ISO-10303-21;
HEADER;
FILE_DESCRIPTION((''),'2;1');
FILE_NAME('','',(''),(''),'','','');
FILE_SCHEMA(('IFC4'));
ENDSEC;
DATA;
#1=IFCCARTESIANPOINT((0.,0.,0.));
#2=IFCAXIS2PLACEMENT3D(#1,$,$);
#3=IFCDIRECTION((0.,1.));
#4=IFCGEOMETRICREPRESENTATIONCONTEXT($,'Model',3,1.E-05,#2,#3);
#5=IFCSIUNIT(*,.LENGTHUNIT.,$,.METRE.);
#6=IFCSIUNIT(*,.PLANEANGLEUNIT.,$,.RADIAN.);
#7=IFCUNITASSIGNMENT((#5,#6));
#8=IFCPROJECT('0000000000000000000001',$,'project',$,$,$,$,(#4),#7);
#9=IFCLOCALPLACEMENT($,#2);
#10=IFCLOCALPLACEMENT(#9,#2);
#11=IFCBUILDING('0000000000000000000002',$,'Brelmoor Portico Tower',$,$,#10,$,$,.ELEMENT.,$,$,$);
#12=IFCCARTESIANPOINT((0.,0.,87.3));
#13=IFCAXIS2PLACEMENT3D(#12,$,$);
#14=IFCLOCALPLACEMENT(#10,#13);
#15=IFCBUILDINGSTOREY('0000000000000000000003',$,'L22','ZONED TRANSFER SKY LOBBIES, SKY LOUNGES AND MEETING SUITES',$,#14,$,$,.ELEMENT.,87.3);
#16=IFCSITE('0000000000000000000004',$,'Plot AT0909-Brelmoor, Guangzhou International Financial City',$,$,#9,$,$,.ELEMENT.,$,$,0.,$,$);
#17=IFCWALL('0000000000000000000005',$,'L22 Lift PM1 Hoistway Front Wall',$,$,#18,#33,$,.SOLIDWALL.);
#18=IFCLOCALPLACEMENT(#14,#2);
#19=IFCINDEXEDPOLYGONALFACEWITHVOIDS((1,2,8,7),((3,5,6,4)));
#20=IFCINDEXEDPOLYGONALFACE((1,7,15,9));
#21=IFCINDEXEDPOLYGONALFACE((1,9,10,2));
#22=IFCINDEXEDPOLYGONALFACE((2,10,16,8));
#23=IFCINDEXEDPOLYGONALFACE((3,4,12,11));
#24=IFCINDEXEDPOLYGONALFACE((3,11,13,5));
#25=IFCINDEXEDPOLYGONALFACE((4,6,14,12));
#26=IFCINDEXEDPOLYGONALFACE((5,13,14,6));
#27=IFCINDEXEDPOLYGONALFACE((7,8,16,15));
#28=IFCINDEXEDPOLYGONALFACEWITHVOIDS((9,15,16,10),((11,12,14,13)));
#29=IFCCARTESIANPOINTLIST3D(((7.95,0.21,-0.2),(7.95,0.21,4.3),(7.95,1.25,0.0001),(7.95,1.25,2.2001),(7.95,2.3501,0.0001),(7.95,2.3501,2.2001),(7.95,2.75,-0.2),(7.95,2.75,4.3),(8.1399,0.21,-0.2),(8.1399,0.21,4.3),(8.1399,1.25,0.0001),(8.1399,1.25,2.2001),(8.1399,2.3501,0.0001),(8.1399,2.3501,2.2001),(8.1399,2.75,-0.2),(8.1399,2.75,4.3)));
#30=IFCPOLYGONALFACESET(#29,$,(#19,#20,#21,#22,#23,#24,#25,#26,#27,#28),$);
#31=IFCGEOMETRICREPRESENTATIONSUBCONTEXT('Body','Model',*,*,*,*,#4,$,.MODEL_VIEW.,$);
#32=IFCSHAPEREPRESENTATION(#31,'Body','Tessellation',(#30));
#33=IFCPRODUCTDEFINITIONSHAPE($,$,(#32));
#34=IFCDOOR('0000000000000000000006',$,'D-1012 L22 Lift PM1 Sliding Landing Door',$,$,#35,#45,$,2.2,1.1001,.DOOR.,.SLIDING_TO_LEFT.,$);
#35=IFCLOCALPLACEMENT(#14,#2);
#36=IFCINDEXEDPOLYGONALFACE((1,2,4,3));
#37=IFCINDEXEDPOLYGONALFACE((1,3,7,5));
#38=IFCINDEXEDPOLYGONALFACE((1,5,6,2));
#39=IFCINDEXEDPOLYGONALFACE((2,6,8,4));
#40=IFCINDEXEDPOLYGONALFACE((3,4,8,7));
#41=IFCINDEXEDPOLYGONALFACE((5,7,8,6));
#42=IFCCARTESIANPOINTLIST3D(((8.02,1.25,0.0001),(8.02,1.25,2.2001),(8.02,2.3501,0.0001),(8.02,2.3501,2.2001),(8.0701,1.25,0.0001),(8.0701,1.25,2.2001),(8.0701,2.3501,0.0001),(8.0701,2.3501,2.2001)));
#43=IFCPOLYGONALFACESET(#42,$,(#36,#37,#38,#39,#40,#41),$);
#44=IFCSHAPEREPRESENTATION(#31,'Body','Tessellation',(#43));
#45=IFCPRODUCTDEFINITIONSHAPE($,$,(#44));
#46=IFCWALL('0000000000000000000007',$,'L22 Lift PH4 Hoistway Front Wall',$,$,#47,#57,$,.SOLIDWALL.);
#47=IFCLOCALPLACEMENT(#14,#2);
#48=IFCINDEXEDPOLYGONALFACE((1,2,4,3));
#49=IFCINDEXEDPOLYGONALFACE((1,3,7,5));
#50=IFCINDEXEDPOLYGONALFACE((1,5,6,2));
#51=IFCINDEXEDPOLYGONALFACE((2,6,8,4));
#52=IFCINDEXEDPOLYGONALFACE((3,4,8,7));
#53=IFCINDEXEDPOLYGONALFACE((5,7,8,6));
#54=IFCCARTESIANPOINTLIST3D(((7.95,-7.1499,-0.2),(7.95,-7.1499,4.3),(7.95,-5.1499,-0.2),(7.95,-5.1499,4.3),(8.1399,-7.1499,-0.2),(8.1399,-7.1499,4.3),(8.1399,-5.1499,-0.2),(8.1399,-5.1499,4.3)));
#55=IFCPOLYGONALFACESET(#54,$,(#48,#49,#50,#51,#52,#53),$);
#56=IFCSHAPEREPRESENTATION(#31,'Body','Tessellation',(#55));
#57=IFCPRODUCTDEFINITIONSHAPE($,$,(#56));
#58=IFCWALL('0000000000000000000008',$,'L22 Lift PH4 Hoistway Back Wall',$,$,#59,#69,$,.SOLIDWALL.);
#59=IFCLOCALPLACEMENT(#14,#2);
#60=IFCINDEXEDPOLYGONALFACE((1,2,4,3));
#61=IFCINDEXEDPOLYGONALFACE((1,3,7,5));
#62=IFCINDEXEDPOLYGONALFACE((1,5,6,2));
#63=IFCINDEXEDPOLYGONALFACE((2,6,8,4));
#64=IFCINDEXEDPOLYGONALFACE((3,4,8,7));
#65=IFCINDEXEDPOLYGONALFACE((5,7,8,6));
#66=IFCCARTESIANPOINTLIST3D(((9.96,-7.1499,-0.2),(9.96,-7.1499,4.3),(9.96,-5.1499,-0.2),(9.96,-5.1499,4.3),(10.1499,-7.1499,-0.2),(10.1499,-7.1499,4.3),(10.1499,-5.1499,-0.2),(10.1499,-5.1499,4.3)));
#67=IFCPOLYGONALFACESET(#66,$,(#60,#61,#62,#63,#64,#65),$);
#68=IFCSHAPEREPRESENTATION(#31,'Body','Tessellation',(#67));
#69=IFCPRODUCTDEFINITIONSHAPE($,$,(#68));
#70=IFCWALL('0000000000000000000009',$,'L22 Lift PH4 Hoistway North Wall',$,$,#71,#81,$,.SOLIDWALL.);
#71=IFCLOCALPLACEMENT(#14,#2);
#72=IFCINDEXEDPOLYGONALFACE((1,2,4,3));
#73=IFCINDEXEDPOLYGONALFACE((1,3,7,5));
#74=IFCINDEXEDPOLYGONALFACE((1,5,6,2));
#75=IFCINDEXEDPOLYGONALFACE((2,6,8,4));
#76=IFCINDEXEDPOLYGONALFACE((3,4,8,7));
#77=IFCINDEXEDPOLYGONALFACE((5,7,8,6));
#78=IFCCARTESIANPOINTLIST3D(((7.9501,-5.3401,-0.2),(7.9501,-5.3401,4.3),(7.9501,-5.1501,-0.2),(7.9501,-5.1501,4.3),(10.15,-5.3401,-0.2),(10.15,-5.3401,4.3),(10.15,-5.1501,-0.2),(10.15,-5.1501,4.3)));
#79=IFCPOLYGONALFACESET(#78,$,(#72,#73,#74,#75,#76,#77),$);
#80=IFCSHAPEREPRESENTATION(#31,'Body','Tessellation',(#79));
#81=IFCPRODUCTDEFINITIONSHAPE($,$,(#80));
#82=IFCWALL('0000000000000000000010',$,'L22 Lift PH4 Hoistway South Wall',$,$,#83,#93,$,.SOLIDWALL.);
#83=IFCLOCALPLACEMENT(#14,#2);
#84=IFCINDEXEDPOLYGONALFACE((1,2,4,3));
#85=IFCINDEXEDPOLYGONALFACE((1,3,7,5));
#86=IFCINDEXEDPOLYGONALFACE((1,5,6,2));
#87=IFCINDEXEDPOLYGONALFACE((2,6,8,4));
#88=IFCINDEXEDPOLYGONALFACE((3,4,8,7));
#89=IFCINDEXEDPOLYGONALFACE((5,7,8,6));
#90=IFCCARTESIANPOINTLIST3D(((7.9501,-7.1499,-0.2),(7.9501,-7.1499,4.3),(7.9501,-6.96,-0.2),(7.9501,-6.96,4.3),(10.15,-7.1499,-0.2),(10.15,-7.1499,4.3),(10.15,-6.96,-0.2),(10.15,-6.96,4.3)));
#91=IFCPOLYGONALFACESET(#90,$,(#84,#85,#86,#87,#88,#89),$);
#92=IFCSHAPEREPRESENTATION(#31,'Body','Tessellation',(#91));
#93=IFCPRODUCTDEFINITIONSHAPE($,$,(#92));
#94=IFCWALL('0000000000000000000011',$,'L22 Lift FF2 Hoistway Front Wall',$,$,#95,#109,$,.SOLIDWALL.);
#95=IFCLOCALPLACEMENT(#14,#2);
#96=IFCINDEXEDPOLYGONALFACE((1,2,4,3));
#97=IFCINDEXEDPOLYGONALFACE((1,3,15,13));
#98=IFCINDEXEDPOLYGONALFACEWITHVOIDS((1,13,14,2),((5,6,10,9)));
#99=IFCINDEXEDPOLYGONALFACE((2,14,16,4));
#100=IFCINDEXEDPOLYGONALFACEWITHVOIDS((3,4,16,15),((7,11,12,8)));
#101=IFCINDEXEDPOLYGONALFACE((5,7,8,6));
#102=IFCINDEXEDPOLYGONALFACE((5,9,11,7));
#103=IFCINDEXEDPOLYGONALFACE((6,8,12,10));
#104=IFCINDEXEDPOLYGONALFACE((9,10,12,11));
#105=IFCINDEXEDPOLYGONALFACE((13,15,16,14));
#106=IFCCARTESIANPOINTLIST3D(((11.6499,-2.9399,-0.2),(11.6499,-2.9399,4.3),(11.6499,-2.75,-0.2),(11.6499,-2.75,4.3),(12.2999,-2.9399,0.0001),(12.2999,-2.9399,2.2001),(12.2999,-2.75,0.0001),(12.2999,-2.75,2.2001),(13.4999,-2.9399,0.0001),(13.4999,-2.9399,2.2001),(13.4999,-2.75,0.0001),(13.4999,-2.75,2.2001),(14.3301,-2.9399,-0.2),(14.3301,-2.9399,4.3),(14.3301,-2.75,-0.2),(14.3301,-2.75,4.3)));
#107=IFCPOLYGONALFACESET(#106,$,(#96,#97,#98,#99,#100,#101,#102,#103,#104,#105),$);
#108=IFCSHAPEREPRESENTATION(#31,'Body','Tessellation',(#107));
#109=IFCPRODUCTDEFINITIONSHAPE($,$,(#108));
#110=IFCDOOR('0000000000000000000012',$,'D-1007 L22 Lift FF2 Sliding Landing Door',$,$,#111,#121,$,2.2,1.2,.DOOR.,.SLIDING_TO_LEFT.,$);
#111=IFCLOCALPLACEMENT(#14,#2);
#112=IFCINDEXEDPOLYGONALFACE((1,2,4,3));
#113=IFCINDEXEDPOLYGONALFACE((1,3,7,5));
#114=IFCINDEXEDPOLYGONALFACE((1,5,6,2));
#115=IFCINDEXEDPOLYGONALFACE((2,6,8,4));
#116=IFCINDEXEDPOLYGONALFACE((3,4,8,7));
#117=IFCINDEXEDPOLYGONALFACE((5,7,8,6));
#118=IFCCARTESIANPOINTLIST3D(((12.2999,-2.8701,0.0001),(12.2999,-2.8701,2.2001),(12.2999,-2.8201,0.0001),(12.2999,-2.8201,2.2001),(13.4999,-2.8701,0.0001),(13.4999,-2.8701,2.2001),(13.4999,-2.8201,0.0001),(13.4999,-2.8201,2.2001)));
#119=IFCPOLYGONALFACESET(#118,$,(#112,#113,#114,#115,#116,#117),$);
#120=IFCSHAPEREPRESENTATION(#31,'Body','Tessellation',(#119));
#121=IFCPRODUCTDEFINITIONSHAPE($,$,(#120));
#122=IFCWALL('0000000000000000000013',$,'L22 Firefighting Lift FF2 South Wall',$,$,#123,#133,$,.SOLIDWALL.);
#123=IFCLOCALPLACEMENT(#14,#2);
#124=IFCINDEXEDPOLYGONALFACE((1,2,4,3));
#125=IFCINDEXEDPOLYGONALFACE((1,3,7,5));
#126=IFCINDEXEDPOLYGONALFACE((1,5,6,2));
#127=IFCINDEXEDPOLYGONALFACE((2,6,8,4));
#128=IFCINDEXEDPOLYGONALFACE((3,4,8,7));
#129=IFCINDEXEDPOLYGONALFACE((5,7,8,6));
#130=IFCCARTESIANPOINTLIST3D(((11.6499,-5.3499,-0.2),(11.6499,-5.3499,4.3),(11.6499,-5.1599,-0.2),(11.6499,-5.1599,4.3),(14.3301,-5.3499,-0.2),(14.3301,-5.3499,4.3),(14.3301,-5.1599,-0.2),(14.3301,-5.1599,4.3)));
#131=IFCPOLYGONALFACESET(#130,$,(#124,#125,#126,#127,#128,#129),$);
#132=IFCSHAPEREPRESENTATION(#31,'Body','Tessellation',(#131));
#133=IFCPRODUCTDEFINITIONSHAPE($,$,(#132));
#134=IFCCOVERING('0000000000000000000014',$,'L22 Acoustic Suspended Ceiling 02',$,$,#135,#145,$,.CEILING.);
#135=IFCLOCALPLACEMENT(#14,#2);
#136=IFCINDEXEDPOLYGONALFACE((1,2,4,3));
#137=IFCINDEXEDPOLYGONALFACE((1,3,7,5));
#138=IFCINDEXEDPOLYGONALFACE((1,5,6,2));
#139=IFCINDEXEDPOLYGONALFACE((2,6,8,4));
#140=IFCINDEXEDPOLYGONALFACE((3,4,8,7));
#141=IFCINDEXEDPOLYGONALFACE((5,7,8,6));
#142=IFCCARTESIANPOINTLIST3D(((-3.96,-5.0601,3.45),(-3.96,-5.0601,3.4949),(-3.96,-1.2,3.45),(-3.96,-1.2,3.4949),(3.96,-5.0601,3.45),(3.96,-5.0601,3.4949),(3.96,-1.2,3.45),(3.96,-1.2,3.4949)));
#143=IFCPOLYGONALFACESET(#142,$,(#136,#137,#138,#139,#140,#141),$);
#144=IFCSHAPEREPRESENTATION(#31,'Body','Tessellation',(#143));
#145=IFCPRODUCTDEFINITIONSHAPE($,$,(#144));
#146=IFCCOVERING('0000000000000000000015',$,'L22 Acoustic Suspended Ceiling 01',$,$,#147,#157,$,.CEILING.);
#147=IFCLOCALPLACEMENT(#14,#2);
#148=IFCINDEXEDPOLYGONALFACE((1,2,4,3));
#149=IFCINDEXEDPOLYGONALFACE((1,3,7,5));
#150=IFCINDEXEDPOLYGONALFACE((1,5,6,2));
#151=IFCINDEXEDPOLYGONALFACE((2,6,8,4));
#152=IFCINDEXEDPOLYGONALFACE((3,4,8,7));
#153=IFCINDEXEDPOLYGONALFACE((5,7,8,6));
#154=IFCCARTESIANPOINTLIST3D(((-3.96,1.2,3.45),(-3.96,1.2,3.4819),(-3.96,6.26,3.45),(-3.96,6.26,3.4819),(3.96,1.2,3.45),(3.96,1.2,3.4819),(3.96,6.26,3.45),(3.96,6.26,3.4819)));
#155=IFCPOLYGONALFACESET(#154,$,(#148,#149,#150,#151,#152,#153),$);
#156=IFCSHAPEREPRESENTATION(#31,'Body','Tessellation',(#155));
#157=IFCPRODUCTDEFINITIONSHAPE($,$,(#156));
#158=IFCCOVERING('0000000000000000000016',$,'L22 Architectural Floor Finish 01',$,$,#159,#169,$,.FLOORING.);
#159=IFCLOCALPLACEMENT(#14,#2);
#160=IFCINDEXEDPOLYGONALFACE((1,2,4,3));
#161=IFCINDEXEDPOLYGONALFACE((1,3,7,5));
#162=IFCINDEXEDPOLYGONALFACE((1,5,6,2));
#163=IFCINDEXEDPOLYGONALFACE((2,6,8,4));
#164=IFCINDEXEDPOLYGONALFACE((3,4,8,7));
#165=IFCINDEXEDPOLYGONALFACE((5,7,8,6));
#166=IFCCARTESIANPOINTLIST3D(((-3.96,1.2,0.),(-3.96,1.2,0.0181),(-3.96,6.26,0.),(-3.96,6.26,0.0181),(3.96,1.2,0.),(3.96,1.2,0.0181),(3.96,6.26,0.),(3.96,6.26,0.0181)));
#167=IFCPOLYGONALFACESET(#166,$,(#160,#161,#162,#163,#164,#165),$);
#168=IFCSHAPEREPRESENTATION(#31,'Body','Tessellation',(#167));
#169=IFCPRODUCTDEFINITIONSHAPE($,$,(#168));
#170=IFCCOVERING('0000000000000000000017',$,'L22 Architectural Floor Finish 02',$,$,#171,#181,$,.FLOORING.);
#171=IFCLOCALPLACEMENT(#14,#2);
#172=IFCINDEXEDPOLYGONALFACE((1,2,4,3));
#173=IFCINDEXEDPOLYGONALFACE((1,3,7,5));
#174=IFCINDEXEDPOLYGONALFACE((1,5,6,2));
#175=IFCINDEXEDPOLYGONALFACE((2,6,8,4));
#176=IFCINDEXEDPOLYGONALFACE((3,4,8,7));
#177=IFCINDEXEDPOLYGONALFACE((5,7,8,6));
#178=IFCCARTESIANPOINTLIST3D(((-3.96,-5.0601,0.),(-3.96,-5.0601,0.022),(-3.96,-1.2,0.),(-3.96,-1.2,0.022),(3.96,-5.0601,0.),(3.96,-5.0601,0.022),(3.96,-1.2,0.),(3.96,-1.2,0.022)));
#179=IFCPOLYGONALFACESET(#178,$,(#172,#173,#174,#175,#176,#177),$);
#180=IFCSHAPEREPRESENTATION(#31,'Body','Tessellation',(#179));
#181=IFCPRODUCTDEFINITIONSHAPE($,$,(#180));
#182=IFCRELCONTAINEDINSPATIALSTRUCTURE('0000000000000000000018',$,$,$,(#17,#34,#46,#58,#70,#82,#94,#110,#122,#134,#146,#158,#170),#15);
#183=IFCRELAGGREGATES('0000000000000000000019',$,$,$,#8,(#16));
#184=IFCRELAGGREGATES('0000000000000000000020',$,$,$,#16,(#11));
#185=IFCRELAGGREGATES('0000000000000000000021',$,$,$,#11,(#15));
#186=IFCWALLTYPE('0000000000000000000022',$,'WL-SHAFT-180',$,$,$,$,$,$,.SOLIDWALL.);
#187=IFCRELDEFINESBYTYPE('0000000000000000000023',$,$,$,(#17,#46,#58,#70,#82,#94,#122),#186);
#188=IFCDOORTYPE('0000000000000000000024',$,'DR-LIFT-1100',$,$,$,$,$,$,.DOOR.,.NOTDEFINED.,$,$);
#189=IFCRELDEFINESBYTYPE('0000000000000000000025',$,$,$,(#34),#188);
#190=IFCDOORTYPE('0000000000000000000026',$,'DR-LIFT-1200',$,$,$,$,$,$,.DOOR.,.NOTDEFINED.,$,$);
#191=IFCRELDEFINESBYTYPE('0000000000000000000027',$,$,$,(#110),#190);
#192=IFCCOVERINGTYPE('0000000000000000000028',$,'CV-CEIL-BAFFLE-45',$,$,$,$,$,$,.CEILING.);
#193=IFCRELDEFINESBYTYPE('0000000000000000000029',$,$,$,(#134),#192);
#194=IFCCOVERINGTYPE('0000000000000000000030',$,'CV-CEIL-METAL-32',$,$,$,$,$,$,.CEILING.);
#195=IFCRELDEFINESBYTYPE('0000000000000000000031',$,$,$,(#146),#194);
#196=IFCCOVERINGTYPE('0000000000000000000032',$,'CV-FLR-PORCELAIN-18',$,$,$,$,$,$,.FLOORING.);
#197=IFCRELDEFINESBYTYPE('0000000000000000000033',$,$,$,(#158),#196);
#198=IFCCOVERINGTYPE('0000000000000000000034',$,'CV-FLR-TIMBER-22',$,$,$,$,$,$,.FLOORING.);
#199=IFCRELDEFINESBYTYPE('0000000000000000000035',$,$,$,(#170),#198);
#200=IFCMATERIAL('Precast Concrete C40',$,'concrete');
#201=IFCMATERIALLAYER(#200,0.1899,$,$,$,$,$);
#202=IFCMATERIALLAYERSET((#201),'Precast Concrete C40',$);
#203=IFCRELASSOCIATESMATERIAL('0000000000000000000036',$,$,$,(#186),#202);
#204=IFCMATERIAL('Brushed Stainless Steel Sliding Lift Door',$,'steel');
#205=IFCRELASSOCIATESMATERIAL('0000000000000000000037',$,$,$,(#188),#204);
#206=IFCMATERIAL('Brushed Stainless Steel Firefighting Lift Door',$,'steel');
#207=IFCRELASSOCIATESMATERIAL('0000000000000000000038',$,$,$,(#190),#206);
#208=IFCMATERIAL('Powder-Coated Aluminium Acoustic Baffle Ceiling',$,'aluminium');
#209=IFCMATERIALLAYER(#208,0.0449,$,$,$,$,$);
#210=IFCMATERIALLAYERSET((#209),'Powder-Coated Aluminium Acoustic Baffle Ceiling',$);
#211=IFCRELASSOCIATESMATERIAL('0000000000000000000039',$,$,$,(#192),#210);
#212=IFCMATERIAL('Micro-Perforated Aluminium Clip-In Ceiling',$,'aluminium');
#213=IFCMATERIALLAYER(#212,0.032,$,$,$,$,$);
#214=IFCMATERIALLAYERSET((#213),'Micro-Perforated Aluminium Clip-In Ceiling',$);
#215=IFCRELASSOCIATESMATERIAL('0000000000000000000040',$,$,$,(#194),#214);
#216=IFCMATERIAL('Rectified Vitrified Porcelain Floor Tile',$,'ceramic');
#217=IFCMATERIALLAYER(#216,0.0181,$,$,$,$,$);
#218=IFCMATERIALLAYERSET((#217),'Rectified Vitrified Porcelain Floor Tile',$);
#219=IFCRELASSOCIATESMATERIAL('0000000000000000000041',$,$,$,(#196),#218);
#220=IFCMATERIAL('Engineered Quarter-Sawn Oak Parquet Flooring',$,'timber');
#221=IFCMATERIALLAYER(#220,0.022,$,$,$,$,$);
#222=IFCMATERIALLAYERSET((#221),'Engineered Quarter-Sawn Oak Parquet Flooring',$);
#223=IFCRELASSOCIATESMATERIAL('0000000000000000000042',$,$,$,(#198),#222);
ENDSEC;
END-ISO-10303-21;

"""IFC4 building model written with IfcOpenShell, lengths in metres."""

from ifc_helpers import new_model, si_unit, direction, frame, frame_2d, origin, place, context, subcontext, project, spatial, polyline, rectangle, outline, extrude, material, layer, layer_set, type_object, element, fill, save


model = new_model("IFC4")

# Units and contexts
model_context = context("Model", 3, precision=1e-05, world=origin(), true_north=direction((0.0, 1.0)))
body_context = subcontext(model_context, "Body", "Model", "MODEL_VIEW")
ifc_project = project(units=[si_unit("LENGTHUNIT", "METRE"), si_unit("PLANEANGLEUNIT", "RADIAN")], contexts=[model_context])

# Site, building, storey
site_placement = place(None, origin())
site = spatial("IfcSite", under=ifc_project, at=site_placement, Name="Plot AT0909-Brelmoor, Guangzhou International Financial City", CompositionType="ELEMENT", RefElevation=0.0)
building_placement = place(site_placement, origin())
building = spatial("IfcBuilding", under=site, at=building_placement, Name="Brelmoor Portico Tower", CompositionType="ELEMENT")
storey_placement = place(building_placement, frame((0.0, 0.0, 87.3)))
storey = spatial("IfcBuildingStorey", under=building, at=storey_placement, Name="L22", Description="ZONED TRANSFER SKY LOBBIES, SKY LOUNGES AND MEETING SUITES", CompositionType="ELEMENT", Elevation=87.3)

# Wall, opening, door
ifc_material_1 = material(Name="Precast Concrete C40", Category="concrete")
ifc_layer_1 = layer(ifc_material_1, 0.1899)
ifc_layer_set_1 = layer_set([ifc_layer_1], Name="Precast Concrete C40")
wall_type_1 = type_object("IfcWallType", Name="WL-SHAFT-180", PredefinedType="SOLIDWALL", material=ifc_layer_set_1)
wall_1_placement = place(storey_placement, frame((8.0449, 0.21, -0.2), z_axis=(0.0, 0.0, 1.0), x_axis=(0.0, 1.0, 0.0)))
wall_1 = element("IfcWall", 1, at=wall_1_placement, inside=storey, type_object=wall_type_1, Name="L22 Lift PM1 Hoistway Front Wall", PredefinedType="SOLIDWALL", context=body_context, shape_type="SweptSolid", body=[
    extrude(rectangle(XDim=2.54, YDim=0.1899, at=frame_2d((1.27, 0.0))), origin(), (0.0, 0.0, 1.0), 4.5),
])
opening_1_placement = place(wall_1_placement, frame((1.04, 0.0, 0.2)))
opening_1 = element("IfcOpeningElement", 2, at=opening_1_placement, cuts=wall_1, PredefinedType="OPENING", context=body_context, shape_type="SweptSolid", body=[
    extrude(rectangle(XDim=1.1001, YDim=2.2, at=frame_2d((0.55, 1.1001))), frame((0.0, 0.105, 0.0), z_axis=(0.0, -1.0, 0.0), x_axis=(1.0, 0.0, 0.0)), (0.0, 0.0, 1.0), 0.21),
])
ifc_material_2 = material(Name="Brushed Stainless Steel Sliding Lift Door", Category="steel")
door_type_1 = type_object("IfcDoorType", Name="DR-LIFT-1100", OperationType="NOTDEFINED", PredefinedType="DOOR", material=ifc_material_2)
door_1_placement = place(opening_1_placement, origin())
door_1 = element("IfcDoor", 3, at=door_1_placement, inside=storey, type_object=door_type_1, Name="D-1012 L22 Lift PM1 Sliding Landing Door", OperationType="SLIDING_TO_LEFT", OverallHeight=2.2, OverallWidth=1.1001, PredefinedType="DOOR", context=body_context, shape_type="SweptSolid", body=[
    extrude(rectangle(XDim=1.1001, YDim=2.2, at=frame_2d((0.55, 1.1001))), frame((0.0, 0.0249, 0.0), z_axis=(0.0, -1.0, 0.0), x_axis=(1.0, 0.0, 0.0)), (0.0, 0.0, 1.0), 0.05),
])
fill(opening_1, door_1)

# Walls
for number, where, z_axis, x_axis, name in (
    (4, (8.0449, -7.1499, -0.2), (0.0, 0.0, 1.0), (0.0, 1.0, 0.0), "L22 Lift PH4 Hoistway Front Wall"),
    (5, (10.0549, -7.1499, -0.2), (0.0, 0.0, 1.0), (0.0, 1.0, 0.0), "L22 Lift PH4 Hoistway Back Wall"),
):
    element("IfcWall", number, at=place(storey_placement, frame(where, z_axis=z_axis, x_axis=x_axis)), inside=storey, type_object=wall_type_1, Name=name, PredefinedType="SOLIDWALL", context=body_context, shape_type="SweptSolid", body=[
        extrude(rectangle(XDim=2.0, YDim=0.1899, at=frame_2d((1.0, 0.0))), origin(), (0.0, 0.0, 1.0), 4.5),
    ])
for number, where, z_axis, x_axis, name in (
    (6, (7.95, -5.2451, -0.2), (0.0, 0.0, 1.0), (1.0, 0.0, 0.0), "L22 Lift PH4 Hoistway North Wall"),
    (7, (7.95, -7.0549, -0.2), (0.0, 0.0, 1.0), (1.0, 0.0, 0.0), "L22 Lift PH4 Hoistway South Wall"),
):
    element("IfcWall", number, at=place(storey_placement, frame(where, z_axis=z_axis, x_axis=x_axis)), inside=storey, type_object=wall_type_1, Name=name, PredefinedType="SOLIDWALL", context=body_context, shape_type="SweptSolid", body=[
        extrude(rectangle(XDim=2.2, YDim=0.1899, at=frame_2d((1.1001, 0.0))), origin(), (0.0, 0.0, 1.0), 4.5),
    ])

# Wall, opening, door
wall_2_placement = place(storey_placement, frame((11.6499, -2.845, -0.2), z_axis=(0.0, 0.0, 1.0), x_axis=(1.0, 0.0, 0.0)))
wall_2 = element("IfcWall", 8, at=wall_2_placement, inside=storey, type_object=wall_type_1, Name="L22 Lift FF2 Hoistway Front Wall", PredefinedType="SOLIDWALL", context=body_context, shape_type="SweptSolid", body=[
    extrude(rectangle(XDim=2.6802, YDim=0.1899, at=frame_2d((1.3401, 0.0))), origin(), (0.0, 0.0, 1.0), 4.5),
])
opening_2_placement = place(wall_2_placement, frame((0.6499, 0.0, 0.2)))
opening_2 = element("IfcOpeningElement", 9, at=opening_2_placement, cuts=wall_2, PredefinedType="OPENING", context=body_context, shape_type="SweptSolid", body=[
    extrude(rectangle(XDim=1.2, YDim=2.2, at=frame_2d((0.6001, 1.1001))), frame((0.0, 0.105, 0.0), z_axis=(0.0, -1.0, 0.0), x_axis=(1.0, 0.0, 0.0)), (0.0, 0.0, 1.0), 0.21),
])
ifc_material_3 = material(Name="Brushed Stainless Steel Firefighting Lift Door", Category="steel")
door_type_2 = type_object("IfcDoorType", Name="DR-LIFT-1200", OperationType="NOTDEFINED", PredefinedType="DOOR", material=ifc_material_3)
door_2_placement = place(opening_2_placement, origin())
door_2 = element("IfcDoor", 10, at=door_2_placement, inside=storey, type_object=door_type_2, Name="D-1007 L22 Lift FF2 Sliding Landing Door", OperationType="SLIDING_TO_LEFT", OverallHeight=2.2, OverallWidth=1.2, PredefinedType="DOOR", context=body_context, shape_type="SweptSolid", body=[
    extrude(rectangle(XDim=1.2, YDim=2.2, at=frame_2d((0.6001, 1.1001))), frame((0.0, 0.0249, 0.0), z_axis=(0.0, -1.0, 0.0), x_axis=(1.0, 0.0, 0.0)), (0.0, 0.0, 1.0), 0.05),
])
fill(opening_2, door_2)

# Wall
wall_3_placement = place(storey_placement, frame((11.6499, -5.2549, -0.2), z_axis=(0.0, 0.0, 1.0), x_axis=(1.0, 0.0, 0.0)))
element("IfcWall", 11, at=wall_3_placement, inside=storey, type_object=wall_type_1, Name="L22 Firefighting Lift FF2 South Wall", PredefinedType="SOLIDWALL", context=body_context, shape_type="SweptSolid", body=[
    extrude(rectangle(XDim=2.6802, YDim=0.1899, at=frame_2d((1.3401, 0.0))), origin(), (0.0, 0.0, 1.0), 4.5),
])

# Coverings
ifc_material_4 = material(Name="Powder-Coated Aluminium Acoustic Baffle Ceiling", Category="aluminium")
ifc_layer_2 = layer(ifc_material_4, 0.0449)
ifc_layer_set_2 = layer_set([ifc_layer_2], Name="Powder-Coated Aluminium Acoustic Baffle Ceiling")
covering_type_1 = type_object("IfcCoveringType", Name="CV-CEIL-BAFFLE-45", PredefinedType="CEILING", material=ifc_layer_set_2)
covering_1_placement = place(storey_placement, frame((0.0, 0.0, 3.45)))
element("IfcCovering", 12, at=covering_1_placement, inside=storey, type_object=covering_type_1, Name="L22 Acoustic Suspended Ceiling 02", PredefinedType="CEILING", context=body_context, shape_type="SweptSolid", body=[
    extrude(outline(polyline([(-3.96, -5.0601), (-3.96, -1.2), (3.96, -1.2), (3.96, -5.0601), (-3.96, -5.0601)])), origin(), (0.0, 0.0, 1.0), 0.0449),
])
ifc_material_5 = material(Name="Micro-Perforated Aluminium Clip-In Ceiling", Category="aluminium")
ifc_layer_3 = layer(ifc_material_5, 0.032)
ifc_layer_set_3 = layer_set([ifc_layer_3], Name="Micro-Perforated Aluminium Clip-In Ceiling")
covering_type_2 = type_object("IfcCoveringType", Name="CV-CEIL-METAL-32", PredefinedType="CEILING", material=ifc_layer_set_3)
covering_2_placement = place(storey_placement, frame((0.0, 0.0, 3.45)))
element("IfcCovering", 13, at=covering_2_placement, inside=storey, type_object=covering_type_2, Name="L22 Acoustic Suspended Ceiling 01", PredefinedType="CEILING", context=body_context, shape_type="SweptSolid", body=[
    extrude(outline(polyline([(-3.96, 1.2), (-3.96, 6.26), (3.96, 6.26), (3.96, 1.2), (-3.96, 1.2)])), origin(), (0.0, 0.0, 1.0), 0.032),
])
ifc_material_6 = material(Name="Rectified Vitrified Porcelain Floor Tile", Category="ceramic")
ifc_layer_4 = layer(ifc_material_6, 0.0181)
ifc_layer_set_4 = layer_set([ifc_layer_4], Name="Rectified Vitrified Porcelain Floor Tile")
covering_type_3 = type_object("IfcCoveringType", Name="CV-FLR-PORCELAIN-18", PredefinedType="FLOORING", material=ifc_layer_set_4)
covering_3_placement = place(storey_placement, origin())
element("IfcCovering", 14, at=covering_3_placement, inside=storey, type_object=covering_type_3, Name="L22 Architectural Floor Finish 01", PredefinedType="FLOORING", context=body_context, shape_type="SweptSolid", body=[
    extrude(outline(polyline([(-3.96, 1.2), (-3.96, 6.26), (3.96, 6.26), (3.96, 1.2), (-3.96, 1.2)])), origin(), (0.0, 0.0, 1.0), 0.0181),
])
ifc_material_7 = material(Name="Engineered Quarter-Sawn Oak Parquet Flooring", Category="timber")
ifc_layer_5 = layer(ifc_material_7, 0.022)
ifc_layer_set_5 = layer_set([ifc_layer_5], Name="Engineered Quarter-Sawn Oak Parquet Flooring")
covering_type_4 = type_object("IfcCoveringType", Name="CV-FLR-TIMBER-22", PredefinedType="FLOORING", material=ifc_layer_set_5)
covering_4_placement = place(storey_placement, origin())
element("IfcCovering", 15, at=covering_4_placement, inside=storey, type_object=covering_type_4, Name="L22 Architectural Floor Finish 02", PredefinedType="FLOORING", context=body_context, shape_type="SweptSolid", body=[
    extrude(outline(polyline([(-3.96, -5.0601), (-3.96, -1.2), (3.96, -1.2), (3.96, -5.0601), (-3.96, -5.0601)])), origin(), (0.0, 0.0, 1.0), 0.022),
])

save(model, "model.ifc")
